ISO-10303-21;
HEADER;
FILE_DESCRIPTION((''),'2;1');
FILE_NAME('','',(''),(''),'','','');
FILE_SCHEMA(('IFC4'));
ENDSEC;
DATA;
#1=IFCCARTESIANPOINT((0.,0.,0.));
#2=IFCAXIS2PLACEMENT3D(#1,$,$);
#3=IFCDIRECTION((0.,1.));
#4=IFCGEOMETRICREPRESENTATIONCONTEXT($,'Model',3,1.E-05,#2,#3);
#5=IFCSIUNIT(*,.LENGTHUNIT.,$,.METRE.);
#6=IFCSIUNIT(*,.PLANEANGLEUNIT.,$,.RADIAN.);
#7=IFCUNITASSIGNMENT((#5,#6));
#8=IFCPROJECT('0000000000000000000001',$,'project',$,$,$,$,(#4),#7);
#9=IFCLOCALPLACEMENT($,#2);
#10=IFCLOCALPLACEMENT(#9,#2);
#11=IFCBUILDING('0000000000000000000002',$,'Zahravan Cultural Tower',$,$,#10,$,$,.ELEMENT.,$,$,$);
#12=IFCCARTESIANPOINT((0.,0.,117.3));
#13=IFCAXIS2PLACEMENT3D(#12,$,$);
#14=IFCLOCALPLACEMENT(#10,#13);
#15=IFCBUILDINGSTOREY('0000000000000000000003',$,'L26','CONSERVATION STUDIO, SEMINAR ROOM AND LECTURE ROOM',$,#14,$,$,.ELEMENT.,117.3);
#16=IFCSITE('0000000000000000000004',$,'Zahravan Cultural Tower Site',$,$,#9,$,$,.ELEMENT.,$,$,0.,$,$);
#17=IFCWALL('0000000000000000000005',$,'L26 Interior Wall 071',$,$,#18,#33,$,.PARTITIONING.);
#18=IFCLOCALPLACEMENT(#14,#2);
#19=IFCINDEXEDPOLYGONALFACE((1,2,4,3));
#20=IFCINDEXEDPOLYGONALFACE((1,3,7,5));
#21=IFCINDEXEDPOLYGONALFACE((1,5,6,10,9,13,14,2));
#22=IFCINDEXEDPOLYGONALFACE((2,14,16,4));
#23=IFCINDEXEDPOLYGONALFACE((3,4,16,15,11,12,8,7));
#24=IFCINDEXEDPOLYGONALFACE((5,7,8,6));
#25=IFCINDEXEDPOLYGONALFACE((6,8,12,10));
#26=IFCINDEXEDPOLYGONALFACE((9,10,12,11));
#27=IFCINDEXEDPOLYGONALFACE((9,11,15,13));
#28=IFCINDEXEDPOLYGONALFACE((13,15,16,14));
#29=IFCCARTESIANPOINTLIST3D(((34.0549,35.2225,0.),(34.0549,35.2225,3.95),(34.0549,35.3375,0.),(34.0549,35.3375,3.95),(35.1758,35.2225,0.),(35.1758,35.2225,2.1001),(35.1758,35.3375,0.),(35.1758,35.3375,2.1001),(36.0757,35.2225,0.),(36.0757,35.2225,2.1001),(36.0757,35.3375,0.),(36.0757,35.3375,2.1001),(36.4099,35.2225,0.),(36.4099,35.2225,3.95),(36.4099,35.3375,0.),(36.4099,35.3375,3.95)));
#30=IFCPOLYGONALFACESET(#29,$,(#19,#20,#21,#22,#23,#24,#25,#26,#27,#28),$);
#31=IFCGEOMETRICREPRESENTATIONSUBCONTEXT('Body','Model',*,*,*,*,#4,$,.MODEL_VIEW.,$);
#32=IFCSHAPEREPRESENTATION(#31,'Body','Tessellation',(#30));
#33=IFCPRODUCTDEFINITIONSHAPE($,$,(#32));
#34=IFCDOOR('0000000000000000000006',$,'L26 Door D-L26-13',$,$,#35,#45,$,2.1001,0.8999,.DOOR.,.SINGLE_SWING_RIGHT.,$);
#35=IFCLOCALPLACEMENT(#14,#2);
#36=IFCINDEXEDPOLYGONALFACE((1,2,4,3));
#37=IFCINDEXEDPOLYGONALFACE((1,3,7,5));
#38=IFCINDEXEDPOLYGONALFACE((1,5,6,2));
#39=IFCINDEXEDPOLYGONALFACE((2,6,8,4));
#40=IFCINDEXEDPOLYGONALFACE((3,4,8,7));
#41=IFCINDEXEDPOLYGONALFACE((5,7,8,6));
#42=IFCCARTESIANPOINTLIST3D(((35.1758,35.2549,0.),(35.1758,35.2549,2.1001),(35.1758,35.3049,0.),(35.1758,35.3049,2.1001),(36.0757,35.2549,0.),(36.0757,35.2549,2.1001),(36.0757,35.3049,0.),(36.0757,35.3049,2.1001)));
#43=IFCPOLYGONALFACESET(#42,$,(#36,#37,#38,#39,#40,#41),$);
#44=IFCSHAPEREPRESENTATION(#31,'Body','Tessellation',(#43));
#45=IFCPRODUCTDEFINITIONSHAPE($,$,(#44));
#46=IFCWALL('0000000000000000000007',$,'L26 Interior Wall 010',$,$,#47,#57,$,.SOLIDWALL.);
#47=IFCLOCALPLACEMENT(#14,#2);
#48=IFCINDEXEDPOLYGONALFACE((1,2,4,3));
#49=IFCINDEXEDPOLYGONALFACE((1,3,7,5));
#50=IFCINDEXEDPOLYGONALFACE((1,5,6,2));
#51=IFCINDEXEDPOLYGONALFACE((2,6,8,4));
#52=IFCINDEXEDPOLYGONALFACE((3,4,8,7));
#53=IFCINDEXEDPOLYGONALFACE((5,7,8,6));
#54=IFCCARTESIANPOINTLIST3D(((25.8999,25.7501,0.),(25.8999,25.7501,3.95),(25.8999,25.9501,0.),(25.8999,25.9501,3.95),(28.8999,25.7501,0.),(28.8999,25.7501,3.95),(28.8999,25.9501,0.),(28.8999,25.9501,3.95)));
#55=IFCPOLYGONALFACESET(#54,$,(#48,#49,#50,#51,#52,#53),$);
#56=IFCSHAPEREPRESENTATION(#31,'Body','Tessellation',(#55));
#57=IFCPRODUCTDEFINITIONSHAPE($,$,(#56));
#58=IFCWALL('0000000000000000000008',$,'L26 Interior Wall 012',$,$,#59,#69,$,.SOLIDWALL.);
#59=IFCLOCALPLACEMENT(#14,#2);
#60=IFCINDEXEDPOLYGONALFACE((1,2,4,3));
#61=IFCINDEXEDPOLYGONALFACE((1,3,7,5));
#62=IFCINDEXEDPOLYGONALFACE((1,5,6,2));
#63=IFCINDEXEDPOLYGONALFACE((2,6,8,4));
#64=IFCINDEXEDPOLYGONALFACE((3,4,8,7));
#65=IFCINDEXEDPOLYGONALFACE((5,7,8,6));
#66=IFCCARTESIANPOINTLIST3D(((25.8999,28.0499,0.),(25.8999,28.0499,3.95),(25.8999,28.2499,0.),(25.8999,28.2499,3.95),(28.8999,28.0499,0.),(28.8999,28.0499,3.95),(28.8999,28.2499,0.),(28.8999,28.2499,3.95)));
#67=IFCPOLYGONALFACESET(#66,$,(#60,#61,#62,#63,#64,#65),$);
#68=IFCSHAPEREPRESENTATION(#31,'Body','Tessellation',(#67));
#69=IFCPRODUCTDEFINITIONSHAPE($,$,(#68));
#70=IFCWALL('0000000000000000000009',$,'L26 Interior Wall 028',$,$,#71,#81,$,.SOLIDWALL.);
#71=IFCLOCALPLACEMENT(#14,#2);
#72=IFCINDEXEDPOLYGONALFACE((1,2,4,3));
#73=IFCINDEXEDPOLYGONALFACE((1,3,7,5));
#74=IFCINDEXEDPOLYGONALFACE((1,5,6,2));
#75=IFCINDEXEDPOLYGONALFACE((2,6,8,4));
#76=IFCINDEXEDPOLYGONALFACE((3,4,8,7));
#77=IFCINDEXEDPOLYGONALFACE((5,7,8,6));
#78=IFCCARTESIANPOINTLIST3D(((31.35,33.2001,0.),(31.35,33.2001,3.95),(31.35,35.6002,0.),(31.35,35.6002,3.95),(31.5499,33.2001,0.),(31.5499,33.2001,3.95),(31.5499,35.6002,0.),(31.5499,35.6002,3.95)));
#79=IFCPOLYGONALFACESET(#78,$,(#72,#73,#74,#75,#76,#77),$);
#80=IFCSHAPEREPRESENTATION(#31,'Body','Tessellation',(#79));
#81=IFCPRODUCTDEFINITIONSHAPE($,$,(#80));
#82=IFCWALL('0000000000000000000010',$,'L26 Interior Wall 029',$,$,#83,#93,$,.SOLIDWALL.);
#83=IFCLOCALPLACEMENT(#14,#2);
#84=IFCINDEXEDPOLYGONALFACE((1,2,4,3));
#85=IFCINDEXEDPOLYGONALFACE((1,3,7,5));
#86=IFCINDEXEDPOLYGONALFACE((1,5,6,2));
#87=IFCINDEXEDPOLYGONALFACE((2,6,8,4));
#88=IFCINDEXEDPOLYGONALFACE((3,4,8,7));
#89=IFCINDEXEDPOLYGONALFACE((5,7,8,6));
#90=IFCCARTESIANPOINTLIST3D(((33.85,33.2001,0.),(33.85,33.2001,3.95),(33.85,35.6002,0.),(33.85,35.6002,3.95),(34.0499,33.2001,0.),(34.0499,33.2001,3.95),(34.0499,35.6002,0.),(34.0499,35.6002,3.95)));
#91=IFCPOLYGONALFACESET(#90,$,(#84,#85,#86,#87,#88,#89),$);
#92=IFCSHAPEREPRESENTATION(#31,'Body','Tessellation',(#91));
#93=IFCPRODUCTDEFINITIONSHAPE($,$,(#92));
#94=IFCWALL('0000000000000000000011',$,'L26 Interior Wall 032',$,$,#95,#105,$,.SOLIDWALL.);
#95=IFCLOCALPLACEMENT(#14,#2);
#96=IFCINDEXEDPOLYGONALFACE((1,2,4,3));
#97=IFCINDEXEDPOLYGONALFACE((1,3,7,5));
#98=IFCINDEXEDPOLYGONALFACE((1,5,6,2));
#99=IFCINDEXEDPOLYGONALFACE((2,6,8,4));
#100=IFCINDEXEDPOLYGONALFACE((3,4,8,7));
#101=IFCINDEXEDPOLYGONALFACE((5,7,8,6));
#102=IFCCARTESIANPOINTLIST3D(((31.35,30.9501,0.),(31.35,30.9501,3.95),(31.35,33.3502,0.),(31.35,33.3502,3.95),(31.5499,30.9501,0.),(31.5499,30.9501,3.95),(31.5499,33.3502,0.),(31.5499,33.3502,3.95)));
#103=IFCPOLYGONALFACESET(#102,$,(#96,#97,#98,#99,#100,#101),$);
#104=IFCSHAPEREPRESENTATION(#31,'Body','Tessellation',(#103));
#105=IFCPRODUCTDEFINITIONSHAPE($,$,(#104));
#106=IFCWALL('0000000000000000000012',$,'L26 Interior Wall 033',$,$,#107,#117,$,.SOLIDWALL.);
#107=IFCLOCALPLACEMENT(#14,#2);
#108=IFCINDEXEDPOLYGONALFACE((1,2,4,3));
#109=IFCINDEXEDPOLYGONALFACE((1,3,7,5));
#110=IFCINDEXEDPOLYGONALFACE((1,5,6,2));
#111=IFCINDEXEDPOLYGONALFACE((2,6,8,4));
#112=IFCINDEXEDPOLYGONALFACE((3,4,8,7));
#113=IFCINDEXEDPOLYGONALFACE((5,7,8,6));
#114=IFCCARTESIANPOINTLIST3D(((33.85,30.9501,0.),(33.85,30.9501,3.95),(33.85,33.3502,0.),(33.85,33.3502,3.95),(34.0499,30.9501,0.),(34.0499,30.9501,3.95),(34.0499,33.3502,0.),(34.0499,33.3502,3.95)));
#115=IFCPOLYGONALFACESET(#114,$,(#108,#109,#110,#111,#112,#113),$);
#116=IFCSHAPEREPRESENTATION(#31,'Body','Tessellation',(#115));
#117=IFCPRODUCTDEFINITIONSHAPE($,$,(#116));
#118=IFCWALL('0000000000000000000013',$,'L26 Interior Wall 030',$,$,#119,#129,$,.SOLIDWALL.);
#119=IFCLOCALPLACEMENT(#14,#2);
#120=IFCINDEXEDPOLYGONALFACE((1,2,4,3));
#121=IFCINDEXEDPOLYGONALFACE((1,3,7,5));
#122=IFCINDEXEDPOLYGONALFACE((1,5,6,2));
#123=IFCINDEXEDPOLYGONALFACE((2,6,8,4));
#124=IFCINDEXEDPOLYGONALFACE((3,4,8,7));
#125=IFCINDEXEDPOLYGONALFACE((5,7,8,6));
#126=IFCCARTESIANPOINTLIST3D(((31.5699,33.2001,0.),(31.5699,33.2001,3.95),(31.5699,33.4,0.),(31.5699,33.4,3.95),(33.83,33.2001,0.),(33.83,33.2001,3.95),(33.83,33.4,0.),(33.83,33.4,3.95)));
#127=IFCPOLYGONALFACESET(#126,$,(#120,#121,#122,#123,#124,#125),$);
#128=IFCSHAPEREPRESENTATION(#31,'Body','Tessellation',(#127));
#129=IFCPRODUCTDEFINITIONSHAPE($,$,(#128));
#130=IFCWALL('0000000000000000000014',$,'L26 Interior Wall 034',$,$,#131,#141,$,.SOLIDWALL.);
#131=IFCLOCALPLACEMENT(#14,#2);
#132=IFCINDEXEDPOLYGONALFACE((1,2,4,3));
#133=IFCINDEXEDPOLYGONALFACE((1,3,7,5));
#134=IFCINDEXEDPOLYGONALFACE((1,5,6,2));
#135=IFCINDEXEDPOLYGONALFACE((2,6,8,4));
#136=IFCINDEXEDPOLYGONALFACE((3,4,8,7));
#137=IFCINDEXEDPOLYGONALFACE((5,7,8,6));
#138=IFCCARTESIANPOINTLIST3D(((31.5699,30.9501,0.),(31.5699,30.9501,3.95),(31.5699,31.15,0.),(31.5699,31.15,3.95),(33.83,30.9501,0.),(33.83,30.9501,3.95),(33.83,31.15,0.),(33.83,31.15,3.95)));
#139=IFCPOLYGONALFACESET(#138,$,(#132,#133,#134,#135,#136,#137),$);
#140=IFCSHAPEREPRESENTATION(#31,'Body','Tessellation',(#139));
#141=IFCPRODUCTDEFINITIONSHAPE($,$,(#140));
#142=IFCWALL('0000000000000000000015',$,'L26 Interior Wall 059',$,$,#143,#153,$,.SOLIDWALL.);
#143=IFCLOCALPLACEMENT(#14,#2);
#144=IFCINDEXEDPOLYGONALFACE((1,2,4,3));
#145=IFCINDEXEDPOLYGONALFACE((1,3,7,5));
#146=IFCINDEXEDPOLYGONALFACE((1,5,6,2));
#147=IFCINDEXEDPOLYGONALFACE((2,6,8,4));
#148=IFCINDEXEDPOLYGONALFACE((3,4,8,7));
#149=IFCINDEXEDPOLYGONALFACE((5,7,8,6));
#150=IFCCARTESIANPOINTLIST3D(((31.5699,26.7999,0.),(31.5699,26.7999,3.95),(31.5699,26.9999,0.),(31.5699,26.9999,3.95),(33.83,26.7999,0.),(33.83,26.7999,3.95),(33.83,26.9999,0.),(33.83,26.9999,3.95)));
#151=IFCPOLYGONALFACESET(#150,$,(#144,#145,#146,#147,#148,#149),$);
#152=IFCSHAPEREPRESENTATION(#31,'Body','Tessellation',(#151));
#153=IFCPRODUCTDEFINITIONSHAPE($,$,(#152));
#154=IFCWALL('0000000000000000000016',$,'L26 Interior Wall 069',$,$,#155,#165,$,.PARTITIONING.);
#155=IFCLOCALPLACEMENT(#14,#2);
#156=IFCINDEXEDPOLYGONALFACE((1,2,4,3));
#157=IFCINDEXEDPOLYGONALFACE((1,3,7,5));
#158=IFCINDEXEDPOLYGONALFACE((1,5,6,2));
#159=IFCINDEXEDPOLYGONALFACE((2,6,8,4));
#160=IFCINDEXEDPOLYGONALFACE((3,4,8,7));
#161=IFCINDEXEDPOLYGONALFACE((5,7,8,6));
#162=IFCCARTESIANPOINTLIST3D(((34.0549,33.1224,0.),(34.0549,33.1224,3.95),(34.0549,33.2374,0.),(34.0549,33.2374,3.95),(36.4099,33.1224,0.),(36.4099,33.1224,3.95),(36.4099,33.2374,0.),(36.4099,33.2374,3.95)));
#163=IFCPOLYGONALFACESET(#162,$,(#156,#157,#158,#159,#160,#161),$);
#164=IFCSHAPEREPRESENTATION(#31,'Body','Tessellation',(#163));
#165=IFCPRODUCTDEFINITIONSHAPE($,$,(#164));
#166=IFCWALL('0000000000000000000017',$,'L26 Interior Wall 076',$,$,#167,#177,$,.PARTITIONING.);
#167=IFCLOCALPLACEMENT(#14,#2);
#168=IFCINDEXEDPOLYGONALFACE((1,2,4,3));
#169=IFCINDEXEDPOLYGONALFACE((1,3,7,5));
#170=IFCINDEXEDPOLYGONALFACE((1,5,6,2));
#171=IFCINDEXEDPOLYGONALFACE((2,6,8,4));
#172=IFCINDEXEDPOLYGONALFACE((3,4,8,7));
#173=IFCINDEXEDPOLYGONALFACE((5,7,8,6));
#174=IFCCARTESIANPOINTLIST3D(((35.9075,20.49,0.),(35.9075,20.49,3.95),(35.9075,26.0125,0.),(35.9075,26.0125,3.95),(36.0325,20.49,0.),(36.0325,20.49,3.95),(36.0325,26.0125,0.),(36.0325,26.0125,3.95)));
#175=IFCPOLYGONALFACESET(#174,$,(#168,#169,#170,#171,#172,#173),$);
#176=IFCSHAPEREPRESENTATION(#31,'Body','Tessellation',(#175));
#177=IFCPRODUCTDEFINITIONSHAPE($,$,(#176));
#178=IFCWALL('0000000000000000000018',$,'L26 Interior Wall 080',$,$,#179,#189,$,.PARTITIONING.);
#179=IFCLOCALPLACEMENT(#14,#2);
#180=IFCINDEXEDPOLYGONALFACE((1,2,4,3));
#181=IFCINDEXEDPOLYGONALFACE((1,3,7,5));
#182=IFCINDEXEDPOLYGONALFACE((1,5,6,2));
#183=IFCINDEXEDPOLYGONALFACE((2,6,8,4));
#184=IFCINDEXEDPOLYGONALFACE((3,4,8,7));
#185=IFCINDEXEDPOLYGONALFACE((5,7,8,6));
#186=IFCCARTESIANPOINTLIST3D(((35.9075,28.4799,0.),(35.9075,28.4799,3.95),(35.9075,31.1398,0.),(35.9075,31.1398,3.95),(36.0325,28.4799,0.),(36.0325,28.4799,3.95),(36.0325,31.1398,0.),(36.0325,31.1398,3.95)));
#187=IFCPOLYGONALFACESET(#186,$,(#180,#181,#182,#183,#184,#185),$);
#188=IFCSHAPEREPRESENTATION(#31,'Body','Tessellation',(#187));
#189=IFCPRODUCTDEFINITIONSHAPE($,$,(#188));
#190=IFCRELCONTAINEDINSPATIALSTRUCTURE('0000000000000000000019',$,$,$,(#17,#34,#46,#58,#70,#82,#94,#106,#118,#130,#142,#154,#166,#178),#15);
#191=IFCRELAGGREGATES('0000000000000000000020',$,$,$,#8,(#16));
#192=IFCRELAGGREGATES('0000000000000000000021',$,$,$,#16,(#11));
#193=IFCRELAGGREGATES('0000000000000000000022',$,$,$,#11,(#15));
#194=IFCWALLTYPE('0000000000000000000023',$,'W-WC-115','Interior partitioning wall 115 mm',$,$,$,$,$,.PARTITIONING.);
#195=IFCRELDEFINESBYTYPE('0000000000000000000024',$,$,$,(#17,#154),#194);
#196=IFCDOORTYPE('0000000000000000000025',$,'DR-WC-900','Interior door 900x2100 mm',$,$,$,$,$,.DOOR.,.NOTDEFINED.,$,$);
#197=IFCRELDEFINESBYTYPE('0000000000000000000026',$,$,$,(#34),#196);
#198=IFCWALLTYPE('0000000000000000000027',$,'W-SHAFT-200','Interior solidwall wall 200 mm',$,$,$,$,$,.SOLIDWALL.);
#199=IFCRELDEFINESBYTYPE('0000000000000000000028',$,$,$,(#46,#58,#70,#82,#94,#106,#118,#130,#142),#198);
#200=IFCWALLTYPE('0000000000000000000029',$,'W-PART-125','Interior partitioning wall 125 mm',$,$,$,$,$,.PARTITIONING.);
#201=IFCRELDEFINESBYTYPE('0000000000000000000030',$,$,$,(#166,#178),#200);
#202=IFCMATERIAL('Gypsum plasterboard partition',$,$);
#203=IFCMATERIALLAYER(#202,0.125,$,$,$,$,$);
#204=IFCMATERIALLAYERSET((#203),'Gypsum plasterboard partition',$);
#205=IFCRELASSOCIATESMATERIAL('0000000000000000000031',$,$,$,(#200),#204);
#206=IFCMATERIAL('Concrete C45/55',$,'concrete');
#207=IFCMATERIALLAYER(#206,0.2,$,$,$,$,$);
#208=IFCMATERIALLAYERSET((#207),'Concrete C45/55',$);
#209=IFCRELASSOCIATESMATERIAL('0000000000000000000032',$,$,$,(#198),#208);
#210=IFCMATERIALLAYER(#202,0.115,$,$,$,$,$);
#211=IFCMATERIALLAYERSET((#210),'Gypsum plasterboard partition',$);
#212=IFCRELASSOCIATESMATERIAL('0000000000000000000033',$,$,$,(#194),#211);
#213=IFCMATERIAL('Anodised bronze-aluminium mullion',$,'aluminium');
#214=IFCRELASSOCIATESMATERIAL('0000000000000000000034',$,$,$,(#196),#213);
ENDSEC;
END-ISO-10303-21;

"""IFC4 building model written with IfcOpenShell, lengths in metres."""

from ifc_helpers import new_model, si_unit, direction, frame, frame_2d, origin, place, context, subcontext, project, spatial, rectangle, extrude, source, transform, mapped, material, layer, layer_set, type_object, element, fill, save


model = new_model("IFC4")

# Units and contexts
model_context = context("Model", 3, precision=1e-05, world=origin(), true_north=direction((0.0, 1.0)))
body_context = subcontext(model_context, "Body", "Model", "MODEL_VIEW")
ifc_project = project(units=[si_unit("LENGTHUNIT", "METRE"), si_unit("PLANEANGLEUNIT", "RADIAN")], contexts=[model_context])

# Site, building, storey
site_placement = place(None, origin())
site = spatial("IfcSite", under=ifc_project, at=site_placement, Name="Zahravan Cultural Tower Site", CompositionType="ELEMENT", RefElevation=0.0)
building_placement = place(site_placement, origin())
building = spatial("IfcBuilding", under=site, at=building_placement, Name="Zahravan Cultural Tower", CompositionType="ELEMENT")
storey_placement = place(building_placement, frame((0.0, 0.0, 117.3)))
storey = spatial("IfcBuildingStorey", under=building, at=storey_placement, Name="L26", Description="CONSERVATION STUDIO, SEMINAR ROOM AND LECTURE ROOM", CompositionType="ELEMENT", Elevation=117.3)

# Wall, opening, door
ifc_material_1 = material(Name="Gypsum plasterboard partition")
ifc_layer_1 = layer(ifc_material_1, 0.125)
ifc_layer_set_1 = layer_set([ifc_layer_1], Name="Gypsum plasterboard partition")
wall_type_1 = type_object("IfcWallType", Name="W-PART-125", Description="Interior partitioning wall 125 mm", PredefinedType="PARTITIONING", material=ifc_layer_set_1)
ifc_material_2 = material(Name="Anodised bronze-aluminium mullion", Category="aluminium")
ifc_material_3 = material(Name="Concrete C45/55", Category="concrete")
ifc_layer_2 = layer(ifc_material_3, 0.2)
ifc_layer_set_2 = layer_set([ifc_layer_2], Name="Concrete C45/55")
wall_type_2 = type_object("IfcWallType", Name="W-SHAFT-200", Description="Interior solidwall wall 200 mm", PredefinedType="SOLIDWALL", material=ifc_layer_set_2)
ifc_layer_3 = layer(ifc_material_1, 0.115)
ifc_layer_set_3 = layer_set([ifc_layer_3], Name="Gypsum plasterboard partition")
wall_type_3 = type_object("IfcWallType", Name="W-WC-115", Description="Interior partitioning wall 115 mm", PredefinedType="PARTITIONING", material=ifc_layer_set_3)
wall_1_placement = place(storey_placement, frame((34.0549, 35.28, 0.0), z_axis=(0.0, 0.0, 1.0), x_axis=(1.0, 0.0, 0.0)))
wall_1 = element("IfcWall", 1, at=wall_1_placement, inside=storey, type_object=wall_type_3, Name="L26 Interior Wall 071", PredefinedType="PARTITIONING", context=body_context, shape_type="SweptSolid", body=[
    extrude(rectangle(XDim=2.355, YDim=0.115, at=frame_2d((1.1775, 0.0))), origin(), (0.0, 0.0, 1.0), 3.95),
])
opening_1_placement = place(wall_1_placement, frame((1.1208, 0.0, 0.0)))
opening_1 = element("IfcOpeningElement", 2, at=opening_1_placement, cuts=wall_1, PredefinedType="OPENING", context=body_context, shape_type="SweptSolid", body=[
    extrude(rectangle(XDim=0.8999, YDim=2.1001, at=frame_2d((0.45, 1.05))), frame((0.0, 0.0674, 0.0), z_axis=(0.0, -1.0, 0.0), x_axis=(1.0, 0.0, 0.0)), (0.0, 0.0, 1.0), 0.135),
])
door_type_1 = type_object("IfcDoorType", Name="DR-WC-900", Description="Interior door 900x2100 mm", OperationType="NOTDEFINED", PredefinedType="DOOR", material=ifc_material_2)
shared_shape_1 = source(origin(), body_context, "Body", "SweptSolid", [
    extrude(rectangle(XDim=0.8999, YDim=2.1001, at=frame_2d((0.45, 1.05))), frame((0.0, 0.0249, 0.0), z_axis=(0.0, -1.0, 0.0), x_axis=(1.0, 0.0, 0.0)), (0.0, 0.0, 1.0), 0.05),
])
door_1_placement = place(opening_1_placement, origin())
door_1 = element("IfcDoor", 3, at=door_1_placement, inside=storey, type_object=door_type_1, Name="L26 Door D-L26-13", OperationType="SINGLE_SWING_RIGHT", OverallHeight=2.1001, OverallWidth=0.8999, PredefinedType="DOOR", context=body_context, shape_type="MappedRepresentation", body=[
    mapped(shared_shape_1, transform((0.0, 0.0, 0.0), x_axis=(1.0, 0.0, 0.0), y_axis=(0.0, 1.0, 0.0), z_axis=(0.0, 0.0, 1.0), scale=1.0)),
])
fill(opening_1, door_1)

# Walls
shared_shape_2 = source(origin(), body_context, "Body", "SweptSolid", [
    extrude(rectangle(XDim=3.0, YDim=0.2, at=frame_2d((1.5, 0.0))), origin(), (0.0, 0.0, 1.0), 3.95),
])
for number, where, z_axis, x_axis, name in (
    (4, (25.8999, 25.8501, 0.0), (0.0, 0.0, 1.0), (1.0, 0.0, 0.0), "L26 Interior Wall 010"),
    (5, (25.8999, 28.1499, 0.0), (0.0, 0.0, 1.0), (1.0, 0.0, 0.0), "L26 Interior Wall 012"),
):
    element("IfcWall", number, at=place(storey_placement, frame(where, z_axis=z_axis, x_axis=x_axis)), inside=storey, type_object=wall_type_2, Name=name, PredefinedType="SOLIDWALL", context=body_context, shape_type="MappedRepresentation", body=[
        mapped(shared_shape_2, transform((0.0, 0.0, 0.0), x_axis=(1.0, 0.0, 0.0), y_axis=(0.0, 1.0, 0.0), z_axis=(0.0, 0.0, 1.0), scale=1.0)),
    ])
shared_shape_3 = source(origin(), body_context, "Body", "SweptSolid", [
    extrude(rectangle(XDim=2.4001, YDim=0.2, at=frame_2d((1.2002, 0.0))), origin(), (0.0, 0.0, 1.0), 3.95),
])
for number, where, z_axis, x_axis, name in (
    (6, (31.45, 33.2, 0.0), (0.0, 0.0, 1.0), (0.0, 1.0, 0.0), "L26 Interior Wall 028"),
    (7, (33.95, 33.2, 0.0), (0.0, 0.0, 1.0), (0.0, 1.0, 0.0), "L26 Interior Wall 029"),
    (8, (31.45, 30.95, 0.0), (0.0, 0.0, 1.0), (0.0, 1.0, 0.0), "L26 Interior Wall 032"),
    (9, (33.95, 30.95, 0.0), (0.0, 0.0, 1.0), (0.0, 1.0, 0.0), "L26 Interior Wall 033"),
):
    element("IfcWall", number, at=place(storey_placement, frame(where, z_axis=z_axis, x_axis=x_axis)), inside=storey, type_object=wall_type_2, Name=name, PredefinedType="SOLIDWALL", context=body_context, shape_type="MappedRepresentation", body=[
        mapped(shared_shape_3, transform((0.0, 0.0, 0.0), x_axis=(1.0, 0.0, 0.0), y_axis=(0.0, 1.0, 0.0), z_axis=(0.0, 0.0, 1.0), scale=1.0)),
    ])
shared_shape_4 = source(origin(), body_context, "Body", "SweptSolid", [
    extrude(rectangle(XDim=2.26, YDim=0.2, at=frame_2d((1.1299, 0.0))), origin(), (0.0, 0.0, 1.0), 3.95),
])
for number, where, z_axis, x_axis, name in (
    (10, (31.5701, 33.3, 0.0), (0.0, 0.0, 1.0), (1.0, 0.0, 0.0), "L26 Interior Wall 030"),
    (11, (31.5701, 31.05, 0.0), (0.0, 0.0, 1.0), (1.0, 0.0, 0.0), "L26 Interior Wall 034"),
    (12, (31.5701, 26.8999, 0.0), (0.0, 0.0, 1.0), (1.0, 0.0, 0.0), "L26 Interior Wall 059"),
):
    element("IfcWall", number, at=place(storey_placement, frame(where, z_axis=z_axis, x_axis=x_axis)), inside=storey, type_object=wall_type_2, Name=name, PredefinedType="SOLIDWALL", context=body_context, shape_type="MappedRepresentation", body=[
        mapped(shared_shape_4, transform((0.0, 0.0, 0.0), x_axis=(1.0, 0.0, 0.0), y_axis=(0.0, 1.0, 0.0), z_axis=(0.0, 0.0, 1.0), scale=1.0)),
    ])
shared_shape_5 = source(origin(), body_context, "Body", "SweptSolid", [
    extrude(rectangle(XDim=2.355, YDim=0.115, at=frame_2d((1.1775, 0.0))), origin(), (0.0, 0.0, 1.0), 3.95),
])
wall_2_placement = place(storey_placement, frame((34.0549, 33.1799, 0.0), z_axis=(0.0, 0.0, 1.0), x_axis=(1.0, 0.0, 0.0)))
element("IfcWall", 13, at=wall_2_placement, inside=storey, type_object=wall_type_3, Name="L26 Interior Wall 069", PredefinedType="PARTITIONING", context=body_context, shape_type="MappedRepresentation", body=[
    mapped(shared_shape_5, transform((0.0, 0.0, 0.0), x_axis=(1.0, 0.0, 0.0), y_axis=(0.0, 1.0, 0.0), z_axis=(0.0, 0.0, 1.0), scale=1.0)),
])
shared_shape_6 = source(origin(), body_context, "Body", "SweptSolid", [
    extrude(rectangle(XDim=5.5225, YDim=0.125, at=frame_2d((2.7612, 0.0))), origin(), (0.0, 0.0, 1.0), 3.95),
])
wall_3_placement = place(storey_placement, frame((35.97, 26.0125, 0.0), z_axis=(0.0, 0.0, 1.0), x_axis=(0.0, -1.0, 0.0)))
element("IfcWall", 14, at=wall_3_placement, inside=storey, type_object=wall_type_1, Name="L26 Interior Wall 076", PredefinedType="PARTITIONING", context=body_context, shape_type="MappedRepresentation", body=[
    mapped(shared_shape_6, transform((0.0, 0.0, 0.0), x_axis=(1.0, 0.0, 0.0), y_axis=(0.0, 1.0, 0.0), z_axis=(0.0, 0.0, 1.0), scale=1.0)),
])
shared_shape_7 = source(origin(), body_context, "Body", "SweptSolid", [
    extrude(rectangle(XDim=2.6599, YDim=0.125, at=frame_2d((1.3301, 0.0))), origin(), (0.0, 0.0, 1.0), 3.95),
])
wall_4_placement = place(storey_placement, frame((35.97, 31.1399, 0.0), z_axis=(0.0, 0.0, 1.0), x_axis=(0.0, -1.0, 0.0)))
element("IfcWall", 15, at=wall_4_placement, inside=storey, type_object=wall_type_1, Name="L26 Interior Wall 080", PredefinedType="PARTITIONING", context=body_context, shape_type="MappedRepresentation", body=[
    mapped(shared_shape_7, transform((0.0, 0.0, 0.0), x_axis=(1.0, 0.0, 0.0), y_axis=(0.0, 1.0, 0.0), z_axis=(0.0, 0.0, 1.0), scale=1.0)),
])

save(model, "model.ifc")
